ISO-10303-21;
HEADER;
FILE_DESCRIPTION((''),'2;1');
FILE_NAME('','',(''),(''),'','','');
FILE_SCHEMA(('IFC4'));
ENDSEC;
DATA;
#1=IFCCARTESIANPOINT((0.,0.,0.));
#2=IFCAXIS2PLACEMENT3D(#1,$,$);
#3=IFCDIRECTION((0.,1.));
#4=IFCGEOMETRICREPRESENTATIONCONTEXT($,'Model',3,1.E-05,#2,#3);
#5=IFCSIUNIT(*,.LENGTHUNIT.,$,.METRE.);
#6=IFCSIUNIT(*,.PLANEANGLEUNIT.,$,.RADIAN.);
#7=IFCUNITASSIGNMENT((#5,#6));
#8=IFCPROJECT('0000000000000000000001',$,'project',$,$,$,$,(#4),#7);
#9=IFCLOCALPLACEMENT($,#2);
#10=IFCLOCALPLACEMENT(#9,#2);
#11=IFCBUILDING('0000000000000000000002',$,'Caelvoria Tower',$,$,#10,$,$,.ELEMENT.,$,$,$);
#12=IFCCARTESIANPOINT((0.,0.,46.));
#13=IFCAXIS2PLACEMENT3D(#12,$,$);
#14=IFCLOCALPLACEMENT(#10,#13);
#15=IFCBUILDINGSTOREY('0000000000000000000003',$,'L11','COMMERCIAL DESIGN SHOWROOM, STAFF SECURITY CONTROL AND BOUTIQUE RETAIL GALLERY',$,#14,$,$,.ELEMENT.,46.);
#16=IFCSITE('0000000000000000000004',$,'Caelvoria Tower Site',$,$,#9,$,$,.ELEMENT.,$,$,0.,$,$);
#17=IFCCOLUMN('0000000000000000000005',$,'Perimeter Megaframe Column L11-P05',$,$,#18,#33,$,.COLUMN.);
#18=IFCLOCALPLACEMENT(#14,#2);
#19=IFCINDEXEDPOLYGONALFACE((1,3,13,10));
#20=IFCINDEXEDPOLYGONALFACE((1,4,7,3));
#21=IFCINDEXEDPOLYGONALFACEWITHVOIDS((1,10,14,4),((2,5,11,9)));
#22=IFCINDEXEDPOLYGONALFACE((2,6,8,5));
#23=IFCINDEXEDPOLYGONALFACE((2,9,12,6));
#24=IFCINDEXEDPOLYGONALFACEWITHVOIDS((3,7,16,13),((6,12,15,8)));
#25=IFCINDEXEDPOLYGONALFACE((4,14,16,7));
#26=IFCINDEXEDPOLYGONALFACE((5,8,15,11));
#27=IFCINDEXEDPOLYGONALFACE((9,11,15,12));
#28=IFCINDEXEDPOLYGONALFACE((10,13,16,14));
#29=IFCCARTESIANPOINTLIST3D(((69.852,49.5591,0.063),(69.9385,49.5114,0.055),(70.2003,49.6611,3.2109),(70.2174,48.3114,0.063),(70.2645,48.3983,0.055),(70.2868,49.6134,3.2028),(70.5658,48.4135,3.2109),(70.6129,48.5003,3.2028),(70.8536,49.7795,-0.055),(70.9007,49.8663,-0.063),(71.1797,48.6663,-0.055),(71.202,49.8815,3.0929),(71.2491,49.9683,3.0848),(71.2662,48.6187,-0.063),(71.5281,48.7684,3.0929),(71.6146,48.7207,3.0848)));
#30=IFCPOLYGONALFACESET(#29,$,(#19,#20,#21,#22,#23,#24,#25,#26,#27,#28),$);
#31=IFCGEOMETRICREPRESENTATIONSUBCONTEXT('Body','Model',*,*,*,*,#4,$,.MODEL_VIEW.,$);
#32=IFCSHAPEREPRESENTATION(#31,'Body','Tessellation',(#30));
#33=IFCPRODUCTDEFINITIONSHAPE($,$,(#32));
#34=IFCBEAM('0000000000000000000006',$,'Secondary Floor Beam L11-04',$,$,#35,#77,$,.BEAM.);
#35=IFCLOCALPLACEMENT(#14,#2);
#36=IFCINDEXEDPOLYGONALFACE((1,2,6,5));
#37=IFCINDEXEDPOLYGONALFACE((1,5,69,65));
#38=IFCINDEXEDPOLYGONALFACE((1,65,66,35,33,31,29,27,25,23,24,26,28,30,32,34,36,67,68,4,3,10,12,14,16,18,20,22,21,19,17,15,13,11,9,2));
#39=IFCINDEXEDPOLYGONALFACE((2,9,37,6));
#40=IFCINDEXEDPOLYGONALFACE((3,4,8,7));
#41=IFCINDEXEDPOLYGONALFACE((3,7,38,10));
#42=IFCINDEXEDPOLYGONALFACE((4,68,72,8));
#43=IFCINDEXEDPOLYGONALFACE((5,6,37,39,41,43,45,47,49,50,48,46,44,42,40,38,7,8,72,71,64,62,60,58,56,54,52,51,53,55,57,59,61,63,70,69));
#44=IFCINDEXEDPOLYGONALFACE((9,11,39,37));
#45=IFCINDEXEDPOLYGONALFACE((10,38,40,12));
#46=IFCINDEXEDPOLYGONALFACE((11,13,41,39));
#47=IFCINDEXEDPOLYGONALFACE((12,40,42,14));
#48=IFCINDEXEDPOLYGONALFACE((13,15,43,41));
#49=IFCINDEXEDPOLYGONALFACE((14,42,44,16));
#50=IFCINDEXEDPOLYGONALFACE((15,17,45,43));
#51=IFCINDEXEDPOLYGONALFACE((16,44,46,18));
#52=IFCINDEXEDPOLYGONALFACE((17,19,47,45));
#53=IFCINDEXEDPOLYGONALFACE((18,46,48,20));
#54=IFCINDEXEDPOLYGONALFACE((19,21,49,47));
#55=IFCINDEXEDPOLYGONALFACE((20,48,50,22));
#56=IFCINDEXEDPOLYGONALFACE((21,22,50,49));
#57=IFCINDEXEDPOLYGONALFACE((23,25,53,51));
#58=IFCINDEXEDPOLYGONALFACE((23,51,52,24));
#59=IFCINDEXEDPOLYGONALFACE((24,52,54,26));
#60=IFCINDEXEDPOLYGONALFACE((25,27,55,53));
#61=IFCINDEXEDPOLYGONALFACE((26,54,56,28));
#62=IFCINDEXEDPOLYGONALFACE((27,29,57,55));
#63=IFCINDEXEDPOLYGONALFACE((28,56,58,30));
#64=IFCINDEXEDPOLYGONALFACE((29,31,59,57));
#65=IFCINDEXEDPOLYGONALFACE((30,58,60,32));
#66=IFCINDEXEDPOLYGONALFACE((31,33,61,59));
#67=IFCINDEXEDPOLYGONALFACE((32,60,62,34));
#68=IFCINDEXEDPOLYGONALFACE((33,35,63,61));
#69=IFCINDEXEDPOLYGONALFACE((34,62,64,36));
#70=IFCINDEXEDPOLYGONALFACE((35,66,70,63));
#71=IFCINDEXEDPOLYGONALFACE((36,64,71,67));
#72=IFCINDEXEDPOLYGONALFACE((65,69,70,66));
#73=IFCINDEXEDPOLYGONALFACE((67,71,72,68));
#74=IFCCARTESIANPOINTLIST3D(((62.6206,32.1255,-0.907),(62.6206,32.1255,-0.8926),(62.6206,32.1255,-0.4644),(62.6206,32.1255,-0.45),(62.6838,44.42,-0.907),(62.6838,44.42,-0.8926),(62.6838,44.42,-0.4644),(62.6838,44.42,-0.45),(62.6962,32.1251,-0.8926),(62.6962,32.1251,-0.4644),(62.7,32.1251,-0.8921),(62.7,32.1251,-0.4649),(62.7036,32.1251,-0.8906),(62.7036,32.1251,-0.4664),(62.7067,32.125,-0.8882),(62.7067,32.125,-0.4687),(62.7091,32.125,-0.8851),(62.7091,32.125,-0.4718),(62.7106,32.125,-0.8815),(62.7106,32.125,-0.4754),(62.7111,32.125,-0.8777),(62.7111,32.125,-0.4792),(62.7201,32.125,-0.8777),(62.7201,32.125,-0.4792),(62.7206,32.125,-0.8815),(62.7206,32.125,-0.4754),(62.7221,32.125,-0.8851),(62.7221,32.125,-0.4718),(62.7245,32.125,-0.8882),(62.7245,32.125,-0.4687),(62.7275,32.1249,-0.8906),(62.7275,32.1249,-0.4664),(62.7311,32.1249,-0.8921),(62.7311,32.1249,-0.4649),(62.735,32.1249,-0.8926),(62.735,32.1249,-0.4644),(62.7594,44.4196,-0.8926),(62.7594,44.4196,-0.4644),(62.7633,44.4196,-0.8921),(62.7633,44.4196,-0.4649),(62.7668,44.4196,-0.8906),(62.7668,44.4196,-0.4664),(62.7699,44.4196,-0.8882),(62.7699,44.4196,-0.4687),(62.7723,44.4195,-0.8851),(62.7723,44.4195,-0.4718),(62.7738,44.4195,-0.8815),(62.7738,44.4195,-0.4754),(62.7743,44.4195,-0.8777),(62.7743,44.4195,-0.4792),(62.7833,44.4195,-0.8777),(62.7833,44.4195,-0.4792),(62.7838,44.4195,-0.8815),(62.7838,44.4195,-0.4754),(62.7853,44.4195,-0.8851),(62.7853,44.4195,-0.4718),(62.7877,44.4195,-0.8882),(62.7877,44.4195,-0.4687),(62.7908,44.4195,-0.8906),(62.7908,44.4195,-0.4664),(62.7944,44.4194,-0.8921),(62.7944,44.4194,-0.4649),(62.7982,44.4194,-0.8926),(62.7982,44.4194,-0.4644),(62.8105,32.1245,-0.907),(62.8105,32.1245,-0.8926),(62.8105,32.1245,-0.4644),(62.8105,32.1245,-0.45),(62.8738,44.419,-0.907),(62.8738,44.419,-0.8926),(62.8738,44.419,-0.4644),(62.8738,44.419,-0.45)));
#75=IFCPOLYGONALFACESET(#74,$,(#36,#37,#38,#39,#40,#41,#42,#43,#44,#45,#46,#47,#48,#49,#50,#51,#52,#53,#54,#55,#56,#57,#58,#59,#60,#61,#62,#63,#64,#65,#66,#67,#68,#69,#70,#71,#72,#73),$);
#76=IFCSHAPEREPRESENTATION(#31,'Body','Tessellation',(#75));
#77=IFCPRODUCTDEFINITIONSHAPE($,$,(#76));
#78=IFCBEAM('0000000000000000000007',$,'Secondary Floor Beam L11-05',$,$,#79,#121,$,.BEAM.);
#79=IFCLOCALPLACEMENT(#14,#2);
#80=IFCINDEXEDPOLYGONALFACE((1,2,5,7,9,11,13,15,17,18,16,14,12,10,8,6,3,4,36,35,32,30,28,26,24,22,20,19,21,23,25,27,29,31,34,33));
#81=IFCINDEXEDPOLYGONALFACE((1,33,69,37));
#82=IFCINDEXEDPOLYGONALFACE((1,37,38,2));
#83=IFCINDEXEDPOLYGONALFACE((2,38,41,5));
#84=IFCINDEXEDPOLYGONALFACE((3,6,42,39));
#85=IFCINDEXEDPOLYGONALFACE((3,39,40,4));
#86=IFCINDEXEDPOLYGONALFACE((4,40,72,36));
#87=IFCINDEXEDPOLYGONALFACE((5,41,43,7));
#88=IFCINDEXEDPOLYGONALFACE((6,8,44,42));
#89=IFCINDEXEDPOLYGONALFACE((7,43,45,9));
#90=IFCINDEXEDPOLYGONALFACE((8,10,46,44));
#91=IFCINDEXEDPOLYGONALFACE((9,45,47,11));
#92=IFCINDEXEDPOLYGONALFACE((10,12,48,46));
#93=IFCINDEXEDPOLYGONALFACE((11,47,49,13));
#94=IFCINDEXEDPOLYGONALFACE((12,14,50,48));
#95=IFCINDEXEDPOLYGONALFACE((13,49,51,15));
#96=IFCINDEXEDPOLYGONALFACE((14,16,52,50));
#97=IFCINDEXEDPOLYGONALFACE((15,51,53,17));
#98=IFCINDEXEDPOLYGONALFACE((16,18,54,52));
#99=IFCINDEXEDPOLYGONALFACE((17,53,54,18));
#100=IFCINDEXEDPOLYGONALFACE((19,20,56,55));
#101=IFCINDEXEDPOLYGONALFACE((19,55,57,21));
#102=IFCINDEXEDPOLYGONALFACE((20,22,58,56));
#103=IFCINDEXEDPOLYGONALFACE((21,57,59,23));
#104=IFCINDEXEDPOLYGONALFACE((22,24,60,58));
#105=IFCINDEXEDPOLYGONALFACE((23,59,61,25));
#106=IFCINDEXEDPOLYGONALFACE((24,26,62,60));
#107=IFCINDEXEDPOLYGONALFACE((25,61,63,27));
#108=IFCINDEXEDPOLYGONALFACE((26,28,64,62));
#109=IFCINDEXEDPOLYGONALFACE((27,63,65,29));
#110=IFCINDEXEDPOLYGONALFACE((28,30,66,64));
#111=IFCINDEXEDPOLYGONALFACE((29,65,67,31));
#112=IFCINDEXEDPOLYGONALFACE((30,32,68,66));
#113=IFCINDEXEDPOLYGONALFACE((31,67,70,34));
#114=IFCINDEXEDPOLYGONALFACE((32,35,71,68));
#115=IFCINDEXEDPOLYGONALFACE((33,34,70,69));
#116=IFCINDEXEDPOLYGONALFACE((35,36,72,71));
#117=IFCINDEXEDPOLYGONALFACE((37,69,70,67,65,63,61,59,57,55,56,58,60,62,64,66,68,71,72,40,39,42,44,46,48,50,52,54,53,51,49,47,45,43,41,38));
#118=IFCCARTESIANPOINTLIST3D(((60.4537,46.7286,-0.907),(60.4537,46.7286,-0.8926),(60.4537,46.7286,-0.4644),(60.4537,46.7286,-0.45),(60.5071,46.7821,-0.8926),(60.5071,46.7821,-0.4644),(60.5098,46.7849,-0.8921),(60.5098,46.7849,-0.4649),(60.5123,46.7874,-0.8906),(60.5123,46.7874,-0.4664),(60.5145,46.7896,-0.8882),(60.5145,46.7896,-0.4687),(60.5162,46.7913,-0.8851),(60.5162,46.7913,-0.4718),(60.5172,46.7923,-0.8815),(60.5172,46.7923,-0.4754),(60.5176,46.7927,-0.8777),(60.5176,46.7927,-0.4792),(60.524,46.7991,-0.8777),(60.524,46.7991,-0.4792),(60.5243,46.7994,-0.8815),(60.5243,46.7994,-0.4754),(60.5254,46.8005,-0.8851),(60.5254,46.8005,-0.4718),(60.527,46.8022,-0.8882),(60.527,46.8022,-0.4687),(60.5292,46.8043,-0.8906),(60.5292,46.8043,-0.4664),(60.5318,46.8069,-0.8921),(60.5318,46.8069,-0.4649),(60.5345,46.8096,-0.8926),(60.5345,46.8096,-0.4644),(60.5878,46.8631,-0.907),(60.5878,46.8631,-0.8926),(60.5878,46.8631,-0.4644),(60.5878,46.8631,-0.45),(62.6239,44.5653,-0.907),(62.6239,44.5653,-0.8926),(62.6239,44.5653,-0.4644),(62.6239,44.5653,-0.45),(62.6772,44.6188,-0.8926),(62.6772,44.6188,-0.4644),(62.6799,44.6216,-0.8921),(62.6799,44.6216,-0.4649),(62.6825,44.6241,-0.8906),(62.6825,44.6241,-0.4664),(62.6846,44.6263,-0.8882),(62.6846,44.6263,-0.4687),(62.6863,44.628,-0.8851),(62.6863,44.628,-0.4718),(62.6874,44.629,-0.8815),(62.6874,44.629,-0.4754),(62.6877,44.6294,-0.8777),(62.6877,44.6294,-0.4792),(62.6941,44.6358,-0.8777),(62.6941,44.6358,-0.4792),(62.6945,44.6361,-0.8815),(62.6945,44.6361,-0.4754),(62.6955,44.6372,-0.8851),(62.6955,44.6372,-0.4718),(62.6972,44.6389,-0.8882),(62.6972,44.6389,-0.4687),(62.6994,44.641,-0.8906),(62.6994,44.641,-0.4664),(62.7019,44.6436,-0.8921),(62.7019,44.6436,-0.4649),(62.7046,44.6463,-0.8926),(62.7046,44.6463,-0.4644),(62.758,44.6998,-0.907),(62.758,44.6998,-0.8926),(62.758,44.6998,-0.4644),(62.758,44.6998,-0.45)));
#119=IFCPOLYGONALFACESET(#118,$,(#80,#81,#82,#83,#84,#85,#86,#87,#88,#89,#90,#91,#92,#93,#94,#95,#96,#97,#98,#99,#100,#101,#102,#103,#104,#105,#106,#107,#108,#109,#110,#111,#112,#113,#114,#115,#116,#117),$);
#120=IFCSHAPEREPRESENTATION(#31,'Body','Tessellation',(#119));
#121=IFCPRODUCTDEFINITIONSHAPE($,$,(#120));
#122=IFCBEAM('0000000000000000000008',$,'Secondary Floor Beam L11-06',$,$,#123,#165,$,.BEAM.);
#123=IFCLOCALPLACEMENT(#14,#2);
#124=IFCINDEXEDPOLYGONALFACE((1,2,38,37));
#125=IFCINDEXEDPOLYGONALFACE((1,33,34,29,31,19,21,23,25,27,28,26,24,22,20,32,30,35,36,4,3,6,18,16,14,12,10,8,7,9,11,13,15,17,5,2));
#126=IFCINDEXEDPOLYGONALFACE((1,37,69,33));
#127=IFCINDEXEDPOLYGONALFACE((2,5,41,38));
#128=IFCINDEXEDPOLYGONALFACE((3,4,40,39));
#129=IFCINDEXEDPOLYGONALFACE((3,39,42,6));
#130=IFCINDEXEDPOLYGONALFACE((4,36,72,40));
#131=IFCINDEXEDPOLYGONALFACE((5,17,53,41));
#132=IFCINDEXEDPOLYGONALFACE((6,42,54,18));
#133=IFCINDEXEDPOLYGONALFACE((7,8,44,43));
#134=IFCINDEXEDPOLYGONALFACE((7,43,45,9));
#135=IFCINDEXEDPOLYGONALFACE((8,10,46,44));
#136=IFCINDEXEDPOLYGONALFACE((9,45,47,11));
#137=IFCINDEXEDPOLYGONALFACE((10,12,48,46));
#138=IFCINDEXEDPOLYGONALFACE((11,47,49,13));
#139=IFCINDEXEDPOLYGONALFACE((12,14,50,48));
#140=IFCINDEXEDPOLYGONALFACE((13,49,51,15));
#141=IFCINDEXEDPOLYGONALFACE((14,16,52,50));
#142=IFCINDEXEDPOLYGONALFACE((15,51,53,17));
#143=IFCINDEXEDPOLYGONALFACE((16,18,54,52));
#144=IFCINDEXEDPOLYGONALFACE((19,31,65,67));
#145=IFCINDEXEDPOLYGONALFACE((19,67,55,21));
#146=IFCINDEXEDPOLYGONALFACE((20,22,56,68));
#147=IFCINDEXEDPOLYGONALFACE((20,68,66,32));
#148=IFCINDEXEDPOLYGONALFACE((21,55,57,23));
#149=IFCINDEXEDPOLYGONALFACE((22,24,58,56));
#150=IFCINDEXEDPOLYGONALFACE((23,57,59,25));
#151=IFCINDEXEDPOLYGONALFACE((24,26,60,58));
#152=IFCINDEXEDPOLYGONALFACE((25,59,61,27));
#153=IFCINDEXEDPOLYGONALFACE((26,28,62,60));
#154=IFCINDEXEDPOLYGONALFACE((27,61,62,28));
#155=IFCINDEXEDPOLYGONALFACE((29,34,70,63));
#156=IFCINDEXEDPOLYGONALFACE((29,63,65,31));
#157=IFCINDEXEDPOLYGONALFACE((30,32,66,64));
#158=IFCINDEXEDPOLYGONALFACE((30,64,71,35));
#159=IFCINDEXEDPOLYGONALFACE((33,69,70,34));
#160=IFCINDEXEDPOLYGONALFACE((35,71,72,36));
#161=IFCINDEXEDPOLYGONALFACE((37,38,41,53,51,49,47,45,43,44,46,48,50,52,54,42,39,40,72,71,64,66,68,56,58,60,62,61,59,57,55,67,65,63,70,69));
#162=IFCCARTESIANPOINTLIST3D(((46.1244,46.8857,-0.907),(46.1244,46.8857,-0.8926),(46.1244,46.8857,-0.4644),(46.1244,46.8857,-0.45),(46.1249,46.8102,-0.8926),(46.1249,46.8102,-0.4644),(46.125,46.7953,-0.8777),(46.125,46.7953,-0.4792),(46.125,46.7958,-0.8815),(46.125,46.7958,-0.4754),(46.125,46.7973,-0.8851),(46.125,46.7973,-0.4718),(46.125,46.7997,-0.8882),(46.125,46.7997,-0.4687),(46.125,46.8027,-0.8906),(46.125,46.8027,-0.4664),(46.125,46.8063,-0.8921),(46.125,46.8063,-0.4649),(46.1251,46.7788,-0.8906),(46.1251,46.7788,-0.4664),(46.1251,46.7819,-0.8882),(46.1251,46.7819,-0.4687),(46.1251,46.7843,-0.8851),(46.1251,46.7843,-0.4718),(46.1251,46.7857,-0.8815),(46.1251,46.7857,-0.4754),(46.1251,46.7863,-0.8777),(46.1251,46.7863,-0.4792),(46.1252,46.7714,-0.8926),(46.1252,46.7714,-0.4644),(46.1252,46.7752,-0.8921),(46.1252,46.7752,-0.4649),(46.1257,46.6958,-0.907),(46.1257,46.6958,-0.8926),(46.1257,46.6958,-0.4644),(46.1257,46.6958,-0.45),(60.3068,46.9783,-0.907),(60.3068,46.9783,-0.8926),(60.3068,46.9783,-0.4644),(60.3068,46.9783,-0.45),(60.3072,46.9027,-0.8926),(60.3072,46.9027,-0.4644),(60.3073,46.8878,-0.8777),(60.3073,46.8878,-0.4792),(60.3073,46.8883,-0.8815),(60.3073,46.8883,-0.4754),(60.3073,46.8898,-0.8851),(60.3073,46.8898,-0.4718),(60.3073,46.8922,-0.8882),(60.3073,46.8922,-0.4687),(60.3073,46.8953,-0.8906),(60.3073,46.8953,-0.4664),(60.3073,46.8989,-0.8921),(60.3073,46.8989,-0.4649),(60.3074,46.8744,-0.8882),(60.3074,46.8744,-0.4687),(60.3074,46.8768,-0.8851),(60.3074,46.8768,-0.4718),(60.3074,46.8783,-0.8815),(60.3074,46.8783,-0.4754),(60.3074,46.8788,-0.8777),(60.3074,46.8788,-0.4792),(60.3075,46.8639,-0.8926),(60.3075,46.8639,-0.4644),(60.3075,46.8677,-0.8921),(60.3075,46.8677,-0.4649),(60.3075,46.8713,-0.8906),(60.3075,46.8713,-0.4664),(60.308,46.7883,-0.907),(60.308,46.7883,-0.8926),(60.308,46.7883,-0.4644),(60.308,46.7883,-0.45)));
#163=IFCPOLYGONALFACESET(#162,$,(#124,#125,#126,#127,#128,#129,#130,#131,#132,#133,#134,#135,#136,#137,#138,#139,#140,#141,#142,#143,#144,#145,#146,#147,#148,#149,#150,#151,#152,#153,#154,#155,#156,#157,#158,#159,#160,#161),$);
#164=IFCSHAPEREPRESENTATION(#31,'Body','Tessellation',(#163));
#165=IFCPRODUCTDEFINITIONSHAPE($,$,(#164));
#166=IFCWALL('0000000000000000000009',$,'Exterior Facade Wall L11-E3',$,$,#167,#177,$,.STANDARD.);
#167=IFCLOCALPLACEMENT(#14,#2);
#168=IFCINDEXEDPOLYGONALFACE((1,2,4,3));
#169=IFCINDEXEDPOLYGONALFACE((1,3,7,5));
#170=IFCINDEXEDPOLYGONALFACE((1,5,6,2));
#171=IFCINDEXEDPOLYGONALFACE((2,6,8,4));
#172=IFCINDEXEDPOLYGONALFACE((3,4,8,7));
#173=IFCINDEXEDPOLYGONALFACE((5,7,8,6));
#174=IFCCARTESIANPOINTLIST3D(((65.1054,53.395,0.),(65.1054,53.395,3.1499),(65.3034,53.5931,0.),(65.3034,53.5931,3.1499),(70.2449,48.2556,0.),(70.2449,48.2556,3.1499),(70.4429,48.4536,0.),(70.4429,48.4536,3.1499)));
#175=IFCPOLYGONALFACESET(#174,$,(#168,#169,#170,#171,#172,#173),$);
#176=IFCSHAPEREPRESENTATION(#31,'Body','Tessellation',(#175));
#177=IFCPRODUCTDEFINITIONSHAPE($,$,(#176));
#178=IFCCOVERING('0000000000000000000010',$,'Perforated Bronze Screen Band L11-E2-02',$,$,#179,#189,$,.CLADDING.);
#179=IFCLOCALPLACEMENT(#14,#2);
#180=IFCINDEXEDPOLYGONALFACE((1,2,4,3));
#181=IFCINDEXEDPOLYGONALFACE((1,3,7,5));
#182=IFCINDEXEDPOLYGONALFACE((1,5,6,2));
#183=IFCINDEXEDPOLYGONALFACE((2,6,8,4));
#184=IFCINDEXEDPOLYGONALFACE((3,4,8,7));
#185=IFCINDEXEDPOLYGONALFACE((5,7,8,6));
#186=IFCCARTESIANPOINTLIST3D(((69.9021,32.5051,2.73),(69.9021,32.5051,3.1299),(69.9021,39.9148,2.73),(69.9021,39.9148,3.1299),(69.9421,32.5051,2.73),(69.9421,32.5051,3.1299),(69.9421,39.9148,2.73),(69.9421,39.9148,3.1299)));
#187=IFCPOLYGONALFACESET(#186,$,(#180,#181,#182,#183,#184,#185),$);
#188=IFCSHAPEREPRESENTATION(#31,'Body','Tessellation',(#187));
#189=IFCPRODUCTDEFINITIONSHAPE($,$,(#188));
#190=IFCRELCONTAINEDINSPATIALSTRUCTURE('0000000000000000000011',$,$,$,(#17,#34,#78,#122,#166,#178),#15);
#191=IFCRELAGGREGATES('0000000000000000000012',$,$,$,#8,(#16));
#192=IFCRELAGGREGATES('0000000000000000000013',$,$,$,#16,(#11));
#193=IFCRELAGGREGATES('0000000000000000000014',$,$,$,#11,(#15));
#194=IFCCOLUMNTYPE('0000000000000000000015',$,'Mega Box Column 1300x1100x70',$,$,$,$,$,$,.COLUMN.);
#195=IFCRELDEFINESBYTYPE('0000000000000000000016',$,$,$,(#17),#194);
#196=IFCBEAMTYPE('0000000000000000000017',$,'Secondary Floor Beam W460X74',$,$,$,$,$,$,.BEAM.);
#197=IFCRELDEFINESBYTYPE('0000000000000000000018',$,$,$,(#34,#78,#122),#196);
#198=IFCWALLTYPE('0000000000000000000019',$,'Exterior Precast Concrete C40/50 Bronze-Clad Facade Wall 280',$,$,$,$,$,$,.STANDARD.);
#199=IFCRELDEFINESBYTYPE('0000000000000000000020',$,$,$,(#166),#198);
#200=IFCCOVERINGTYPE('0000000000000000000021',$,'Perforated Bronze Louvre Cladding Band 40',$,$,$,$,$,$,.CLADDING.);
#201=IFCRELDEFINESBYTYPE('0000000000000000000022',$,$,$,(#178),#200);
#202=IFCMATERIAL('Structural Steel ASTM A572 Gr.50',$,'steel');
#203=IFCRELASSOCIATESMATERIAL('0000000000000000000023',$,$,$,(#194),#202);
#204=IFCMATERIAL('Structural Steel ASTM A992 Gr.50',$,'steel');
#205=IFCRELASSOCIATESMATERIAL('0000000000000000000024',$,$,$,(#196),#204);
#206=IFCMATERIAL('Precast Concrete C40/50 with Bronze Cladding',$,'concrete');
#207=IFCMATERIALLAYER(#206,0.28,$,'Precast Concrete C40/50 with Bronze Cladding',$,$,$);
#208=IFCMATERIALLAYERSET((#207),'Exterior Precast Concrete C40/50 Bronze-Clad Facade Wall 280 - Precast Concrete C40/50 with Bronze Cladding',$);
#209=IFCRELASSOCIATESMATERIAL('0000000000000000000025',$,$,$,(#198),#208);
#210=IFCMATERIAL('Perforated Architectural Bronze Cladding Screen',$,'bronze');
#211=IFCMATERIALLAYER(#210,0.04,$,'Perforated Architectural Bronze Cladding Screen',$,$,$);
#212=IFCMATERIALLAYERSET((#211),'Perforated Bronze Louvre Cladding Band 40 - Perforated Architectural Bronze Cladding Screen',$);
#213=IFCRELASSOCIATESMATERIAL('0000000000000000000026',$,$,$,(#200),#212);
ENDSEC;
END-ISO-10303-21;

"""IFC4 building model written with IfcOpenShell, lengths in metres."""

from ifc_helpers import new_model, si_unit, direction, frame, frame_2d, origin, origin_2d, place, context, subcontext, project, spatial, rectangle, hollow_rectangle, i_section, extrude, material, layer, layer_set, material_profile, profile_set, type_object, element, save


model = new_model("IFC4")

# Units and contexts
model_context = context("Model", 3, precision=1e-05, world=origin(), true_north=direction((0.0, 1.0)))
body_context = subcontext(model_context, "Body", "Model", "MODEL_VIEW")
ifc_project = project(units=[si_unit("LENGTHUNIT", "METRE"), si_unit("PLANEANGLEUNIT", "RADIAN")], contexts=[model_context])

# Site, building, storey
site_placement = place(None, origin())
site = spatial("IfcSite", under=ifc_project, at=site_placement, Name="Caelvoria Tower Site", CompositionType="ELEMENT", RefElevation=0.0)
building_placement = place(site_placement, origin())
building = spatial("IfcBuilding", under=site, at=building_placement, Name="Caelvoria Tower", CompositionType="ELEMENT")
storey_placement = place(building_placement, frame((0.0, 0.0, 46.0)))
storey = spatial("IfcBuildingStorey", under=building, at=storey_placement, Name="L11", Description="COMMERCIAL DESIGN SHOWROOM, STAFF SECURITY CONTROL AND BOUTIQUE RETAIL GALLERY", CompositionType="ELEMENT", Elevation=46.0)

# Column
ifc_material_1 = material(Name="Structural Steel ASTM A572 Gr.50", Category="steel")
ifc_material_profile_1 = material_profile(ifc_material_1, hollow_rectangle(XDim=1.1001, YDim=1.3, WallThickness=0.0701, at=origin_2d()), Name="Structural Steel ASTM A572 Gr.50")
ifc_profile_set_1 = profile_set([ifc_material_profile_1], Name="BOX1300X1100X70 - Structural Steel ASTM A572 Gr.50")
column_type = type_object("IfcColumnType", Name="Mega Box Column 1300x1100x70", PredefinedType="COLUMN", material=ifc_profile_set_1)
column_placement = place(storey_placement, frame((70.5591, 49.0889, 0.0), z_axis=(0.109943, 0.032205, 0.993416), x_axis=(-0.953357, -0.279259, 0.114563)))
element("IfcColumn", 1, at=column_placement, inside=storey, type_object=column_type, Name="Perimeter Megaframe Column L11-P05", PredefinedType="COLUMN", context=body_context, shape_type="SweptSolid", body=[
    extrude(hollow_rectangle(XDim=1.1001, YDim=1.3, WallThickness=0.0701, at=origin_2d()), origin(), (0.0, 0.0, 1.0), 3.1687),
])

# Beams
ifc_material_2 = material(Name="Structural Steel ASTM A992 Gr.50", Category="steel")
ifc_material_profile_2 = material_profile(ifc_material_2, i_section(OverallWidth=0.1899, OverallDepth=0.457, WebThickness=0.009, FlangeThickness=0.0144, FilletRadius=0.0149, at=origin_2d()), Name="Structural Steel ASTM A992 Gr.50")
ifc_profile_set_2 = profile_set([ifc_material_profile_2], Name="W460X74 - Structural Steel ASTM A992 Gr.50")
beam_type = type_object("IfcBeamType", Name="Secondary Floor Beam W460X74", PredefinedType="BEAM", material=ifc_profile_set_2)
beam_1_placement = place(storey_placement, frame((62.7156, 32.125, -0.6785), z_axis=(0.005143, 0.999987, 0.0), x_axis=(-0.999987, 0.005143, 0.0)))
element("IfcBeam", 2, at=beam_1_placement, inside=storey, type_object=beam_type, Name="Secondary Floor Beam L11-04", PredefinedType="BEAM", context=body_context, shape_type="SweptSolid", body=[
    extrude(i_section(OverallWidth=0.1899, OverallDepth=0.457, WebThickness=0.009, FlangeThickness=0.0144, FilletRadius=0.0149, at=origin_2d()), origin(), (0.0, 0.0, 1.0), 12.2947),
])
beam_2_placement = place(storey_placement, frame((62.6909, 44.6326, -0.6785), z_axis=(-0.708221, 0.70599, 0.0), x_axis=(-0.70599, -0.708221, 0.0)))
element("IfcBeam", 3, at=beam_2_placement, inside=storey, type_object=beam_type, Name="Secondary Floor Beam L11-05", PredefinedType="BEAM", context=body_context, shape_type="SweptSolid", body=[
    extrude(i_section(OverallWidth=0.1899, OverallDepth=0.457, WebThickness=0.009, FlangeThickness=0.0144, FilletRadius=0.0149, at=origin_2d()), origin(), (0.0, 0.0, 1.0), 3.0642),
])
beam_3_placement = place(storey_placement, frame((60.3074, 46.8833, -0.6785), z_axis=(-0.999979, -0.006524, 0.0), x_axis=(0.006524, -0.999979, 0.0)))
element("IfcBeam", 4, at=beam_3_placement, inside=storey, type_object=beam_type, Name="Secondary Floor Beam L11-06", PredefinedType="BEAM", context=body_context, shape_type="SweptSolid", body=[
    extrude(i_section(OverallWidth=0.1899, OverallDepth=0.457, WebThickness=0.009, FlangeThickness=0.0144, FilletRadius=0.0149, at=origin_2d()), origin(), (0.0, 0.0, 1.0), 14.1826),
])

# Wall
ifc_material_3 = material(Name="Precast Concrete C40/50 with Bronze Cladding", Category="concrete")
ifc_layer_1 = layer(ifc_material_3, 0.28, Name="Precast Concrete C40/50 with Bronze Cladding")
ifc_layer_set_1 = layer_set([ifc_layer_1], Name="Exterior Precast Concrete C40/50 Bronze-Clad Facade Wall 280 - Precast Concrete C40/50 with Bronze Cladding")
wall_type = type_object("IfcWallType", Name="Exterior Precast Concrete C40/50 Bronze-Clad Facade Wall 280", PredefinedType="STANDARD", material=ifc_layer_set_1)
wall_placement = place(storey_placement, frame((70.344, 48.3545, 0.0), z_axis=(0.0, 0.0, 1.0), x_axis=(-0.707107, 0.707107, 0.0)))
element("IfcWall", 5, at=wall_placement, inside=storey, type_object=wall_type, Name="Exterior Facade Wall L11-E3", PredefinedType="STANDARD", context=body_context, shape_type="SweptSolid", body=[
    extrude(rectangle(XDim=7.2683, YDim=0.28, at=frame_2d((3.6343, 0.0))), origin(), (0.0, 0.0, 1.0), 3.1499),
])

# Covering
ifc_material_4 = material(Name="Perforated Architectural Bronze Cladding Screen", Category="bronze")
ifc_layer_2 = layer(ifc_material_4, 0.04, Name="Perforated Architectural Bronze Cladding Screen")
ifc_layer_set_2 = layer_set([ifc_layer_2], Name="Perforated Bronze Louvre Cladding Band 40 - Perforated Architectural Bronze Cladding Screen")
covering_type = type_object("IfcCoveringType", Name="Perforated Bronze Louvre Cladding Band 40", PredefinedType="CLADDING", material=ifc_layer_set_2)
for number, where, z_axis, x_axis, name in (
    (6, (69.9221, 36.21, 2.73), (0.0, 0.0, 1.0), (0.0, 1.0, 0.0), "Perforated Bronze Screen Band L11-E2-02"),
):
    element("IfcCovering", number, at=place(storey_placement, frame(where, z_axis=z_axis, x_axis=x_axis)), inside=storey, type_object=covering_type, Name=name, PredefinedType="CLADDING", context=body_context, shape_type="SweptSolid", body=[
        extrude(rectangle(XDim=7.4097, YDim=0.04, at=origin_2d()), origin(), (0.0, 0.0, 1.0), 0.3999),
    ])

save(model, "model.ifc")
